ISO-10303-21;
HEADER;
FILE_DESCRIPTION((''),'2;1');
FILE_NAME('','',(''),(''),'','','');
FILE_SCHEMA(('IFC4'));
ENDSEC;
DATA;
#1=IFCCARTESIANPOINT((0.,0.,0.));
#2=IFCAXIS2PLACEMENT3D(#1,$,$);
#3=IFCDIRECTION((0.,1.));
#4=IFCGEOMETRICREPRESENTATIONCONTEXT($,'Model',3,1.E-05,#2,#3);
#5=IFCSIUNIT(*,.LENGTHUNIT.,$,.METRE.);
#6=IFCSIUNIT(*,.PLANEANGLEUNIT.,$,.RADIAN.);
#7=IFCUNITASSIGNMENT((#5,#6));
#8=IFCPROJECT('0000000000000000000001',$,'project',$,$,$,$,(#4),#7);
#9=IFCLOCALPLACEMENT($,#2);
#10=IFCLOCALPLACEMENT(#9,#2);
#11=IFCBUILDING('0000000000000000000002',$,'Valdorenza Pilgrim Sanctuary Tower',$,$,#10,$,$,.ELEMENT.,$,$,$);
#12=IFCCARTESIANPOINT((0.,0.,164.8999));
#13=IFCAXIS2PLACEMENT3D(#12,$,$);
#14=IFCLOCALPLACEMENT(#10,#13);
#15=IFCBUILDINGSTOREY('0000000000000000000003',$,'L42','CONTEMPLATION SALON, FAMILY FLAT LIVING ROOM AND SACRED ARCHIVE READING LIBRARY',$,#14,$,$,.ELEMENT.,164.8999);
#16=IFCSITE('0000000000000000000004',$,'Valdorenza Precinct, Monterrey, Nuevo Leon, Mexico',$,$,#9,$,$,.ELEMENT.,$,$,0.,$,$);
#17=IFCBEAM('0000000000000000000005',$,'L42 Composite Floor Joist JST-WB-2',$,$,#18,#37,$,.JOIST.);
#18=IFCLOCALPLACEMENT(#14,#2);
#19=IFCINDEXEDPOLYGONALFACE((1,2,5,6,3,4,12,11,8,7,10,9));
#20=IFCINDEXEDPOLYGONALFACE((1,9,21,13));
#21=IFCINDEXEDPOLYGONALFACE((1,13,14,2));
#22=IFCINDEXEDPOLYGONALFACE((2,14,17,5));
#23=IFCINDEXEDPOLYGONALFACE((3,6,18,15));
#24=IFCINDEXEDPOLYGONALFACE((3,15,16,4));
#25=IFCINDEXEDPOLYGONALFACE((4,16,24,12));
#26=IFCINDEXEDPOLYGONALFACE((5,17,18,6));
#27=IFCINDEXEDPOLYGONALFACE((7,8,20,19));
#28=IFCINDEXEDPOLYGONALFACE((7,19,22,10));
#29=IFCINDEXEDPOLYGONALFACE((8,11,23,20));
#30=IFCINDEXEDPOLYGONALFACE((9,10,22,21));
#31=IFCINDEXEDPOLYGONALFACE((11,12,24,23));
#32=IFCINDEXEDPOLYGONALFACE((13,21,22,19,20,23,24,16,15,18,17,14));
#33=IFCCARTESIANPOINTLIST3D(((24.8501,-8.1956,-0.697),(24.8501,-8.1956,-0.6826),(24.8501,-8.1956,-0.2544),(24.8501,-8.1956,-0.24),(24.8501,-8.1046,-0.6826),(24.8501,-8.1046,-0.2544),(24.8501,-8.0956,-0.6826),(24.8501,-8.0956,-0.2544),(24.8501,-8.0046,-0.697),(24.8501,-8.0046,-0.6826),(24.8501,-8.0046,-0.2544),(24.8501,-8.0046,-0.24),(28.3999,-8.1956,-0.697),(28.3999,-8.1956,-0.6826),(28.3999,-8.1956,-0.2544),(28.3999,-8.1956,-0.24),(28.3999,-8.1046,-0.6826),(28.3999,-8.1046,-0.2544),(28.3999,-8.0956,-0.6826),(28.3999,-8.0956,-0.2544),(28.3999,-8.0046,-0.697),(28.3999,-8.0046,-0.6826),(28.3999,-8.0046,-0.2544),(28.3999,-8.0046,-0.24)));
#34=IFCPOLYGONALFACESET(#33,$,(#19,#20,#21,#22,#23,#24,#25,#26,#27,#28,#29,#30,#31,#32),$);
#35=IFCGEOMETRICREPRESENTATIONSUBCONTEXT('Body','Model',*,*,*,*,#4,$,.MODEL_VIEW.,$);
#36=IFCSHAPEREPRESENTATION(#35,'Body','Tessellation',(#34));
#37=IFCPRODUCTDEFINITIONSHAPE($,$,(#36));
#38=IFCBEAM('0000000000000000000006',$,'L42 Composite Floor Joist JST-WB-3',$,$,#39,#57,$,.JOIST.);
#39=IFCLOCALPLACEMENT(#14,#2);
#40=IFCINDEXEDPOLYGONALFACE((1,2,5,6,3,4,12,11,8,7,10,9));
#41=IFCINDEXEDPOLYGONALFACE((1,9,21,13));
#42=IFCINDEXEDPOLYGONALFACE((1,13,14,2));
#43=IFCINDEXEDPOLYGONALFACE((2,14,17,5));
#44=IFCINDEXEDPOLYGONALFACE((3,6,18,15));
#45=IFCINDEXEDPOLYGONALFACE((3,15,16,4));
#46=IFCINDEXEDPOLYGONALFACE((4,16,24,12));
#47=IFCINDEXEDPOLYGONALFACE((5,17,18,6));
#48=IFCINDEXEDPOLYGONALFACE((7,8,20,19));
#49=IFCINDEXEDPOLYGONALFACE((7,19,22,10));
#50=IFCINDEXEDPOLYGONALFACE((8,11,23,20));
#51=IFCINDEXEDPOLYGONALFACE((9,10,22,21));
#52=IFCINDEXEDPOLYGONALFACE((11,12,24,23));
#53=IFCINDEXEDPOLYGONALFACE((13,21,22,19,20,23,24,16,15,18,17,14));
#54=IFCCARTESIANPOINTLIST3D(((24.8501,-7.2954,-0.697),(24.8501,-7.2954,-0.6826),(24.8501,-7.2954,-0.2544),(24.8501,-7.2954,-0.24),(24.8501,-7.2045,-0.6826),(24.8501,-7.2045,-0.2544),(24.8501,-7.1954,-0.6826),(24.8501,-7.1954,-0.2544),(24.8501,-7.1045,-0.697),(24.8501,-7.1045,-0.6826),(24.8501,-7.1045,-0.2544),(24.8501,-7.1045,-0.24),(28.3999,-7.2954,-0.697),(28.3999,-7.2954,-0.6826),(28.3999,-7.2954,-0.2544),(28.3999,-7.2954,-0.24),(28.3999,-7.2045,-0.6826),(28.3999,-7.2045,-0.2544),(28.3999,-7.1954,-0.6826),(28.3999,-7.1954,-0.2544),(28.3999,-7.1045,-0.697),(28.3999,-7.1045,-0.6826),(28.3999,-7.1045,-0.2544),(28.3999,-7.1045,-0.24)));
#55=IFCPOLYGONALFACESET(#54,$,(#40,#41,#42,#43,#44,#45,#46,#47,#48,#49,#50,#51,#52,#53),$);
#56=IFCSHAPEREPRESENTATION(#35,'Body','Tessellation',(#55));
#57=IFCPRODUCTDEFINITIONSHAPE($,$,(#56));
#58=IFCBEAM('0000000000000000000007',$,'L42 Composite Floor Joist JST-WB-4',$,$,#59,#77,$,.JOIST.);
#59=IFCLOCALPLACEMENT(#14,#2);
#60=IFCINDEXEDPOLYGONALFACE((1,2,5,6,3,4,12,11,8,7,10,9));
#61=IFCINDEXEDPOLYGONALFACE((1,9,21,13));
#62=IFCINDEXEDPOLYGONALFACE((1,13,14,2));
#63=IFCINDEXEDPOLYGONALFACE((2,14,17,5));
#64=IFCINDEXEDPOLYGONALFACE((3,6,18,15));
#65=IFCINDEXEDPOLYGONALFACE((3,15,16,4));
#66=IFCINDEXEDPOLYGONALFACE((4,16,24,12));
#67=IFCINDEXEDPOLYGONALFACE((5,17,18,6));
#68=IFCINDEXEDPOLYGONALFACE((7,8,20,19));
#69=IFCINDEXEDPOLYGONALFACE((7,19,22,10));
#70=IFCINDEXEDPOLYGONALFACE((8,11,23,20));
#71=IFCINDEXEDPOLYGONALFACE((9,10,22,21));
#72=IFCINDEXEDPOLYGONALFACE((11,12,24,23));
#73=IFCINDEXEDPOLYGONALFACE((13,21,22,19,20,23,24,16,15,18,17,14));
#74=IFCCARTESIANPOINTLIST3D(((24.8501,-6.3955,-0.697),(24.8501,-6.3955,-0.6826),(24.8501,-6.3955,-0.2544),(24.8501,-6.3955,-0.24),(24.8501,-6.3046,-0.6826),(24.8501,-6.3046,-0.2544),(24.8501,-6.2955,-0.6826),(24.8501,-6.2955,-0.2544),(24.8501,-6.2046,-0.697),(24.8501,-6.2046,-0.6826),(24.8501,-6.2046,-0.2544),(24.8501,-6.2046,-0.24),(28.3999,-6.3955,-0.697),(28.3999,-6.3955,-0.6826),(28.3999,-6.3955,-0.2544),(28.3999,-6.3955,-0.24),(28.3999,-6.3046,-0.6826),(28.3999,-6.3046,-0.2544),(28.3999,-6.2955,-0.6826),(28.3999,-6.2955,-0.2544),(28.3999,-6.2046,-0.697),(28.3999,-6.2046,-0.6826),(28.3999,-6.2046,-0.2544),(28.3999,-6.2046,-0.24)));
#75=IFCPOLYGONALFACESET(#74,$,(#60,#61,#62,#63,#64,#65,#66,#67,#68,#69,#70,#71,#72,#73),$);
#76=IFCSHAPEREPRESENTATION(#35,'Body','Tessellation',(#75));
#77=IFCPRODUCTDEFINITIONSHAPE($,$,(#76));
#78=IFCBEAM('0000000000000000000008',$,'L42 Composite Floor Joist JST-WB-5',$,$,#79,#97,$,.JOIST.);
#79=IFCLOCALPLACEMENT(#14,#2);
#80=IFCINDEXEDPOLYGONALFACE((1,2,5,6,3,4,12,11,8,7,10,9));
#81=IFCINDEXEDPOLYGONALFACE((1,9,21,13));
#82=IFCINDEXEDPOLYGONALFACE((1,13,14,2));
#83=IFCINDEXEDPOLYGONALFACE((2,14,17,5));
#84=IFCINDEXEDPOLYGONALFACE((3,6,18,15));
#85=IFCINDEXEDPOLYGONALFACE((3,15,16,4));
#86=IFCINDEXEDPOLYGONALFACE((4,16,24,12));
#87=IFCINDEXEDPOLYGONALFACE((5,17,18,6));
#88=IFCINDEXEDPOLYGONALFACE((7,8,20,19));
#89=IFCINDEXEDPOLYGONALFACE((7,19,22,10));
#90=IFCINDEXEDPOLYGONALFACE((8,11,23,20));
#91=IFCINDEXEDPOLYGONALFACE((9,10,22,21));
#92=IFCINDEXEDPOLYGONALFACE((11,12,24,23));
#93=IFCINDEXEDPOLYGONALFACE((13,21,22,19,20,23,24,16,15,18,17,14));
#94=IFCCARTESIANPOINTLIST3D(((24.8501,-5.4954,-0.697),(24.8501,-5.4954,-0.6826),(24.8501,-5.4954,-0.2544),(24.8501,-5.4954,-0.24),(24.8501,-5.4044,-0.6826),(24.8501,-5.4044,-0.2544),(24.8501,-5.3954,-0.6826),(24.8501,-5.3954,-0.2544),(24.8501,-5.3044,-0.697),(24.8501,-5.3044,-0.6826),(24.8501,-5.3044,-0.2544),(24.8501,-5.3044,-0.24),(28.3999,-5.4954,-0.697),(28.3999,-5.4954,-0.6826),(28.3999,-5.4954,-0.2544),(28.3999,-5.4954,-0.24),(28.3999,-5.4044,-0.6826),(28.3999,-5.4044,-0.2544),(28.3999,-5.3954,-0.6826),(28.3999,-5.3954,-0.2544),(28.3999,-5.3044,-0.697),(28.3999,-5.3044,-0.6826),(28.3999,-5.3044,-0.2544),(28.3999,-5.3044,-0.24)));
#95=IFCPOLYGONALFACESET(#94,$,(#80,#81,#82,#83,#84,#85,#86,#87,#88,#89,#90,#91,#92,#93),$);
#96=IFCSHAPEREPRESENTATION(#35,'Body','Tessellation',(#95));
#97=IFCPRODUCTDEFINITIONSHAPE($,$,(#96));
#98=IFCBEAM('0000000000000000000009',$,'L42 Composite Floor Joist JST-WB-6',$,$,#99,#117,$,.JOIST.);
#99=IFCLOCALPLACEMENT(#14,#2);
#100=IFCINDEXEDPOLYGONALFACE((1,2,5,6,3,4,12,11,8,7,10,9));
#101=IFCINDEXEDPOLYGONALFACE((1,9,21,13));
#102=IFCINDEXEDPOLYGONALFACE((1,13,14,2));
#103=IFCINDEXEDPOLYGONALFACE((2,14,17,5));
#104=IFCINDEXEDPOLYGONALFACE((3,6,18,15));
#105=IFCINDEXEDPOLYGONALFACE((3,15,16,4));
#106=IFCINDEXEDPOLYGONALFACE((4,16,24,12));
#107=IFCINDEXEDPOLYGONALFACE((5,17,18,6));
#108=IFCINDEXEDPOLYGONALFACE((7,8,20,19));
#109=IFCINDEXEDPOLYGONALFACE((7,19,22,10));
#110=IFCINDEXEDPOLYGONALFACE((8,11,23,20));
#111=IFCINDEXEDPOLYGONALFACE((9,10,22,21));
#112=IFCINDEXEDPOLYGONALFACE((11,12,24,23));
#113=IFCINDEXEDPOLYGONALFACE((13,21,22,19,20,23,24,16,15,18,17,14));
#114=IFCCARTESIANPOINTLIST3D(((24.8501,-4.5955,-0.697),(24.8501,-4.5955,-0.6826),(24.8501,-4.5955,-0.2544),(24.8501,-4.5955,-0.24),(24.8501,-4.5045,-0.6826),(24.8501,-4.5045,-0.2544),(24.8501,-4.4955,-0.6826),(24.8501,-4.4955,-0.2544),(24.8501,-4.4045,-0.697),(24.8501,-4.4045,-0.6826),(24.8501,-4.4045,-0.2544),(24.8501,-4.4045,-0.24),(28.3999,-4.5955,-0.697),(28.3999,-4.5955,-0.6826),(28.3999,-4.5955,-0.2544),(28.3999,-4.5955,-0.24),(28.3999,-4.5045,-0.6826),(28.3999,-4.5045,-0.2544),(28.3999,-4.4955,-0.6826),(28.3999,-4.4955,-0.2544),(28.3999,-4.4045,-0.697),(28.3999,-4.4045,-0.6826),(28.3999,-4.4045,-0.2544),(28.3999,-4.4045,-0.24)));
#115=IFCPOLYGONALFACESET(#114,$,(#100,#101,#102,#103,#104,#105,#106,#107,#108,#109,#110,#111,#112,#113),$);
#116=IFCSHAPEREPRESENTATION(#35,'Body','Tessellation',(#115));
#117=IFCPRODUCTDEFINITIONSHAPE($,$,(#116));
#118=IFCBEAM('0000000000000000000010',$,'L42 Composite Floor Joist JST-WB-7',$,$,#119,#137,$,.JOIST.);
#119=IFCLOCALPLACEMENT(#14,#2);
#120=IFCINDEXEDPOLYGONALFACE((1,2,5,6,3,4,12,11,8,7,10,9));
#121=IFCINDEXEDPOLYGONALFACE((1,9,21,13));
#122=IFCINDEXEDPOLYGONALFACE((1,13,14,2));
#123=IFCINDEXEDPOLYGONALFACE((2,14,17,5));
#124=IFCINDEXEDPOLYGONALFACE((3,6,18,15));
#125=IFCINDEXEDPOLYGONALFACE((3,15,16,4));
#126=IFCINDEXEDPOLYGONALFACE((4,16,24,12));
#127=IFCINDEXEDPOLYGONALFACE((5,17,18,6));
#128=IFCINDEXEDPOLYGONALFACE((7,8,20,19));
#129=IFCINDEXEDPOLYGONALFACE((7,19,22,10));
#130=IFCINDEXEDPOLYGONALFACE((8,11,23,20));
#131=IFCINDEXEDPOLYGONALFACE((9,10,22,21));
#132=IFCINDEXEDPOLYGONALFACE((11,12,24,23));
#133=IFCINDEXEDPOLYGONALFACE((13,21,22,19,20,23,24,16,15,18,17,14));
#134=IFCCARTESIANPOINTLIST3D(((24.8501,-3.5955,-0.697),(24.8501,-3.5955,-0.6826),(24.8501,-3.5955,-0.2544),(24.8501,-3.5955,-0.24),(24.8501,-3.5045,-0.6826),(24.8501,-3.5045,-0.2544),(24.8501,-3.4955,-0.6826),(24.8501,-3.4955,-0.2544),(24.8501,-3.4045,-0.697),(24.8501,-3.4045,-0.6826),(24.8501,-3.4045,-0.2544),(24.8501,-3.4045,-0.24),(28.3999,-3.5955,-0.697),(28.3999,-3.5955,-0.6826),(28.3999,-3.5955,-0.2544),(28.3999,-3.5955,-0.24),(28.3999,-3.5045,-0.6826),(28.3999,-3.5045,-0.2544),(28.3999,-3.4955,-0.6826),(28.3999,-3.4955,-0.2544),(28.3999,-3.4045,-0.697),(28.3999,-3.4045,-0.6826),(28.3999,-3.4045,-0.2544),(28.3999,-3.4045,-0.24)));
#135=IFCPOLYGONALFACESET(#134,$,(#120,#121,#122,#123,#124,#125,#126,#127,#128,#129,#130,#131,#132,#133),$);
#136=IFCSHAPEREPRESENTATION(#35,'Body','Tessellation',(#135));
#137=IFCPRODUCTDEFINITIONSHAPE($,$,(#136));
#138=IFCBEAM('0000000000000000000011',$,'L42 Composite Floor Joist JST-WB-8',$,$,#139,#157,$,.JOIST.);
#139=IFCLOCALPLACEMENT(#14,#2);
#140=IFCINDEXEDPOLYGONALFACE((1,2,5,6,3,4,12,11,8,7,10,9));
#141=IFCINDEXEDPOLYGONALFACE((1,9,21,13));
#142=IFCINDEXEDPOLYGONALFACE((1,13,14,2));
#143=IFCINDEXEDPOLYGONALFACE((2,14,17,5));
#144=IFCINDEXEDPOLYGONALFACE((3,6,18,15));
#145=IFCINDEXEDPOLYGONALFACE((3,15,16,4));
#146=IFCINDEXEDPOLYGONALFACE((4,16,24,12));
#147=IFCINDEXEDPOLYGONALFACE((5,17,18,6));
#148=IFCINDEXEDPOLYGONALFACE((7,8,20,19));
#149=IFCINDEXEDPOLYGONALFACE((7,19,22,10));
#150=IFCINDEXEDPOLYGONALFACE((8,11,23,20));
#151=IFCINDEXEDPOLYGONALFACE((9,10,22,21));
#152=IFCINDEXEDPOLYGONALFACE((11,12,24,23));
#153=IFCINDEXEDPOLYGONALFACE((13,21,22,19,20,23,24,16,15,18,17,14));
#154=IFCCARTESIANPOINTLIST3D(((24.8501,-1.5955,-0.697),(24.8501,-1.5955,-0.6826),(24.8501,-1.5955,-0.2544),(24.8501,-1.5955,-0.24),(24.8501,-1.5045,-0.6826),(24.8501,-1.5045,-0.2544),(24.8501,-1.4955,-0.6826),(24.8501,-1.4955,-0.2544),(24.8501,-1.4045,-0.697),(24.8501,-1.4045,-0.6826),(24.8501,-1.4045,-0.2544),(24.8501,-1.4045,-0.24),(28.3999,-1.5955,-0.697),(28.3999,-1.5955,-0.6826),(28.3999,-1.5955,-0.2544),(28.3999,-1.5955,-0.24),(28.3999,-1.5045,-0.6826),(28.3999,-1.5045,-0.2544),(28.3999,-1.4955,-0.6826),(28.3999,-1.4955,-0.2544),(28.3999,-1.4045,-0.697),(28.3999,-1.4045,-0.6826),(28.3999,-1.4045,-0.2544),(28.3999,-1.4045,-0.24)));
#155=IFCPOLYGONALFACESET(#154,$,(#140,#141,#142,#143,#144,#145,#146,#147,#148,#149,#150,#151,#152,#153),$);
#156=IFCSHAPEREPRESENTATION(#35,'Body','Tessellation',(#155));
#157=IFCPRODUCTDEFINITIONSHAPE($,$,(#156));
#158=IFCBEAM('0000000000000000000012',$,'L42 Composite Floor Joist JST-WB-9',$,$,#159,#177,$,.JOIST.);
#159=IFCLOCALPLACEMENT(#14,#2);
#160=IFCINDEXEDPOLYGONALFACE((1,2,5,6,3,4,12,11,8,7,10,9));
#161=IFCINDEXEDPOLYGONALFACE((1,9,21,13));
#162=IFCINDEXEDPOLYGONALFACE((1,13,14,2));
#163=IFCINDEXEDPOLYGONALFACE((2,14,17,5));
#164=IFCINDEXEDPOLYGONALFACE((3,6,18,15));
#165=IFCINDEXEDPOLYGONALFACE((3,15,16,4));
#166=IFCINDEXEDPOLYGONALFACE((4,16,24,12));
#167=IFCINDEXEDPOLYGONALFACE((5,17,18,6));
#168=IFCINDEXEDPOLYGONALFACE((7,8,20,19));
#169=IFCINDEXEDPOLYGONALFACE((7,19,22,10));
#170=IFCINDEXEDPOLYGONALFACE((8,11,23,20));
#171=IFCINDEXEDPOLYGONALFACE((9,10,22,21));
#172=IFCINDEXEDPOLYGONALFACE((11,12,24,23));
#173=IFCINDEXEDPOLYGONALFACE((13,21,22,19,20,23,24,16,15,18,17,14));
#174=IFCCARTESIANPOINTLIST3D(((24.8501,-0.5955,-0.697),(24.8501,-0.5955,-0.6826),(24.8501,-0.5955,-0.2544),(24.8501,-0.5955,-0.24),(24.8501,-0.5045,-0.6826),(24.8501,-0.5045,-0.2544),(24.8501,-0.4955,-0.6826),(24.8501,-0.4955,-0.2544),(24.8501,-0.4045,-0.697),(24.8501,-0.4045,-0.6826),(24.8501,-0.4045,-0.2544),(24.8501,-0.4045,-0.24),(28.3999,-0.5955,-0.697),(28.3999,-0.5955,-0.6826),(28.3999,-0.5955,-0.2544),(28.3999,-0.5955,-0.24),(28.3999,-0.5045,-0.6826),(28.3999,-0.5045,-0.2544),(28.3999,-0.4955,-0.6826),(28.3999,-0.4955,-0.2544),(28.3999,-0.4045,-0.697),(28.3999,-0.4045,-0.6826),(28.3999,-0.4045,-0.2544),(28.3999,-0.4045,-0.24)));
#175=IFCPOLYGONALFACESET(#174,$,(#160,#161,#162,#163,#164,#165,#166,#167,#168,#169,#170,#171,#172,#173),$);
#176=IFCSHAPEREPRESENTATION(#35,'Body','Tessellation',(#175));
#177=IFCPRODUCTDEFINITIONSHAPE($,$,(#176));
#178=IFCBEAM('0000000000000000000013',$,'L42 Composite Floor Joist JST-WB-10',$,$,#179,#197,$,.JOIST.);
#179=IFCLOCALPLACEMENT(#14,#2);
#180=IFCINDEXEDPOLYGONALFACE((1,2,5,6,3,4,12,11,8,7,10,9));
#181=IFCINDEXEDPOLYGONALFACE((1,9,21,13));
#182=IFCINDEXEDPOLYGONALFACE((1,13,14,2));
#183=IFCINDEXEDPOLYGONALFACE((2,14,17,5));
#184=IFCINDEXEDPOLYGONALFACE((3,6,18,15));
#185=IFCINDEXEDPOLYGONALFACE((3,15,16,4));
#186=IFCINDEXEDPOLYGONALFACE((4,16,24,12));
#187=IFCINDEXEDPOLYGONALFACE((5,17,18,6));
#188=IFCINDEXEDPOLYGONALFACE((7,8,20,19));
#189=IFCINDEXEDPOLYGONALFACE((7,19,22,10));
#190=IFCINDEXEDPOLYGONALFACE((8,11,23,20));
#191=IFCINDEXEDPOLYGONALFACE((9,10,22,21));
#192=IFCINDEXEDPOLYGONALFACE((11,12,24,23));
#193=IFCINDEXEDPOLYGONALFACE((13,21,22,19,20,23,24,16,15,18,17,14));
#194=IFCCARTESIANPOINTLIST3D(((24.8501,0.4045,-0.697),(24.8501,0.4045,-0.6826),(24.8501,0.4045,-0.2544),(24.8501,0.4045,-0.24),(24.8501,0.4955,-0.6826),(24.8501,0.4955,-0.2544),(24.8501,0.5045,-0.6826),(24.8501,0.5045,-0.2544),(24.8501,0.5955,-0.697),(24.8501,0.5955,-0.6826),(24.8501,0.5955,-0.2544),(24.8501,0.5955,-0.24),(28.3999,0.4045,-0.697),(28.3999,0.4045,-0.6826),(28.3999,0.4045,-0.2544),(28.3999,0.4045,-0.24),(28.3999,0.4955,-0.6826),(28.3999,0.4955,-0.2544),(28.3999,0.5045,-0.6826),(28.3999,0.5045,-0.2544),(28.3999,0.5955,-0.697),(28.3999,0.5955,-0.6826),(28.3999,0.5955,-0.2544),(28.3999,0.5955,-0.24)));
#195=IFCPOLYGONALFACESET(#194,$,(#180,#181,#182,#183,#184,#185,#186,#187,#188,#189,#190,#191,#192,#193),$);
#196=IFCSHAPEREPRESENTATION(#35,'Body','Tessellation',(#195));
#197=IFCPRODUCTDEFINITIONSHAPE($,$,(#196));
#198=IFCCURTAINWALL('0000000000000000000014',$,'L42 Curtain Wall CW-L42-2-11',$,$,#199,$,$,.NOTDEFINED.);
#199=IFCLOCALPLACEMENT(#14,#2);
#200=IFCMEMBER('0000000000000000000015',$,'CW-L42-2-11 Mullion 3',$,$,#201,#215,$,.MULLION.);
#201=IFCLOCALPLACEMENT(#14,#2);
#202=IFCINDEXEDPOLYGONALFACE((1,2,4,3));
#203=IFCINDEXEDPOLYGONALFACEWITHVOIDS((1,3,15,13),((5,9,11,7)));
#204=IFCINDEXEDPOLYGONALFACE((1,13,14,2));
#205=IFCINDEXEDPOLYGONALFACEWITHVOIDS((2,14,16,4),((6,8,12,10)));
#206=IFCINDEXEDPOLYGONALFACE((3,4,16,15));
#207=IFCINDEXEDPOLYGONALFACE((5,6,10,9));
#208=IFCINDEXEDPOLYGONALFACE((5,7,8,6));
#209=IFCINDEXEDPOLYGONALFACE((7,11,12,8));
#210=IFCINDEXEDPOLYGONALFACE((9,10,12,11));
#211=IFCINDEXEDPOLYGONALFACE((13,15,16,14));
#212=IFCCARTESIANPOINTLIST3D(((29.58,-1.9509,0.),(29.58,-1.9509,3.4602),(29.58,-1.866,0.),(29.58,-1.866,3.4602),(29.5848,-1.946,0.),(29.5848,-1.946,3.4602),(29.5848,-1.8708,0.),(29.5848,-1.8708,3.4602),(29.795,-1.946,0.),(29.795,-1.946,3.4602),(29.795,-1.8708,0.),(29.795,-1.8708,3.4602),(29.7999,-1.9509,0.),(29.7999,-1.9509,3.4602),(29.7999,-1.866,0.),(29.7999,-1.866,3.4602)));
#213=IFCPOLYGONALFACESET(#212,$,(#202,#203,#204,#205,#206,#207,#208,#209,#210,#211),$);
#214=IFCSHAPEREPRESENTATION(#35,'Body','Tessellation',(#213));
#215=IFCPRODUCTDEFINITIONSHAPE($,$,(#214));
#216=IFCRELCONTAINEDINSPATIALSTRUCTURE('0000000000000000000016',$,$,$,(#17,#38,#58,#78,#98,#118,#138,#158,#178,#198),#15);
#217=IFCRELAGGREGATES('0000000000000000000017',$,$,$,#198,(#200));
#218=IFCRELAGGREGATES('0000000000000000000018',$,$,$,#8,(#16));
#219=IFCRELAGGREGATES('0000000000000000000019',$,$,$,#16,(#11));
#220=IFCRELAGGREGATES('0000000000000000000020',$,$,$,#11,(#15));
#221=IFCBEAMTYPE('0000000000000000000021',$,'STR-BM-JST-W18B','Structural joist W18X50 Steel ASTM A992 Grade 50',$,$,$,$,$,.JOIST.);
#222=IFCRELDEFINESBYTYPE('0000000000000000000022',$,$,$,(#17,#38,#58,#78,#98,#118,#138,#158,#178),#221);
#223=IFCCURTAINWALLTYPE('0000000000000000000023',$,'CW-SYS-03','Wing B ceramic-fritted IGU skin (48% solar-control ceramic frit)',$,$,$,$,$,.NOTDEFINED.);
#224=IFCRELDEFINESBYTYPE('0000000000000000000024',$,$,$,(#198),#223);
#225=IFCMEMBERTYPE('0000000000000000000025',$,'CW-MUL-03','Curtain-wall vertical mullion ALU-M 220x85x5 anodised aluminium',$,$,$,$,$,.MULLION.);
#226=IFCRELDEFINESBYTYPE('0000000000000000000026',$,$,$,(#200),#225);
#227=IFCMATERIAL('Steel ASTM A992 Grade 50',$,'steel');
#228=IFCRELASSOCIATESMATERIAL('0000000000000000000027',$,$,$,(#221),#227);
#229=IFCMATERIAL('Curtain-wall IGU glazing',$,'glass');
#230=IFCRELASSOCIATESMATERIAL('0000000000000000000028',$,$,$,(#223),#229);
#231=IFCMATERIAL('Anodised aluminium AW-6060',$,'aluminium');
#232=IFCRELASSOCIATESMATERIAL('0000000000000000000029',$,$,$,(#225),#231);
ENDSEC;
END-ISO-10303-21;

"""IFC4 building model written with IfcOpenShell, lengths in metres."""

from ifc_helpers import new_model, si_unit, direction, frame, origin, origin_2d, place, context, subcontext, project, spatial, hollow_rectangle, i_section, extrude, source, transform, mapped, material, material_profile, profile_set, type_object, element, aggregate, save


model = new_model("IFC4")

# Units and contexts
model_context = context("Model", 3, precision=1e-05, world=origin(), true_north=direction((0.0, 1.0)))
body_context = subcontext(model_context, "Body", "Model", "MODEL_VIEW")
ifc_project = project(units=[si_unit("LENGTHUNIT", "METRE"), si_unit("PLANEANGLEUNIT", "RADIAN")], contexts=[model_context])

# Site, building, storey
site_placement = place(None, origin())
site = spatial("IfcSite", under=ifc_project, at=site_placement, Name="Valdorenza Precinct, Monterrey, Nuevo Leon, Mexico", CompositionType="ELEMENT", RefElevation=0.0)
building_placement = place(site_placement, origin())
building = spatial("IfcBuilding", under=site, at=building_placement, Name="Valdorenza Pilgrim Sanctuary Tower", CompositionType="ELEMENT")
storey_placement = place(building_placement, frame((0.0, 0.0, 164.8999)))
storey = spatial("IfcBuildingStorey", under=building, at=storey_placement, Name="L42", Description="CONTEMPLATION SALON, FAMILY FLAT LIVING ROOM AND SACRED ARCHIVE READING LIBRARY", CompositionType="ELEMENT", Elevation=164.8999)

# Shared definitions
ifc_material_1 = material(Name="Steel ASTM A992 Grade 50", Category="steel")

# Beams
ifc_material_profile_1 = material_profile(ifc_material_1, i_section(OverallWidth=0.1909, OverallDepth=0.457, WebThickness=0.009, FlangeThickness=0.0144, at=origin_2d()), Name="W18X50")
ifc_profile_set_1 = profile_set([ifc_material_profile_1], Name="Steel ASTM A992 Grade 50")
beam_type_1 = type_object("IfcBeamType", Name="STR-BM-JST-W18B", Description="Structural joist W18X50 Steel ASTM A992 Grade 50", PredefinedType="JOIST", material=ifc_profile_set_1)
shared_shape_1 = source(origin(), body_context, "Body", "SweptSolid", [
    extrude(i_section(OverallWidth=0.1909, OverallDepth=0.457, WebThickness=0.009, FlangeThickness=0.0144, at=origin_2d()), origin(), (0.0, 0.0, 1.0), 3.5498),
])
for number, where, z_axis, x_axis, name in (
    (1, (24.8501, -8.1001, -0.4685), (1.0, 0.0, 0.0), (0.0, 1.0, 0.0), "L42 Composite Floor Joist JST-WB-2"),
    (2, (24.8501, -7.2, -0.4685), (1.0, 0.0, 0.0), (0.0, 1.0, 0.0), "L42 Composite Floor Joist JST-WB-3"),
    (3, (24.8501, -6.3, -0.4685), (1.0, 0.0, 0.0), (0.0, 1.0, 0.0), "L42 Composite Floor Joist JST-WB-4"),
    (4, (24.8501, -5.3999, -0.4685), (1.0, 0.0, 0.0), (0.0, 1.0, 0.0), "L42 Composite Floor Joist JST-WB-5"),
    (5, (24.8501, -4.5, -0.4685), (1.0, 0.0, 0.0), (0.0, 1.0, 0.0), "L42 Composite Floor Joist JST-WB-6"),
    (6, (24.8501, -3.5, -0.4685), (1.0, 0.0, 0.0), (0.0, 1.0, 0.0), "L42 Composite Floor Joist JST-WB-7"),
    (7, (24.8501, -1.5, -0.4685), (1.0, 0.0, 0.0), (0.0, 1.0, 0.0), "L42 Composite Floor Joist JST-WB-8"),
    (8, (24.8501, -0.5, -0.4685), (1.0, 0.0, 0.0), (0.0, 1.0, 0.0), "L42 Composite Floor Joist JST-WB-9"),
    (9, (24.8501, 0.5, -0.4685), (1.0, 0.0, 0.0), (0.0, 1.0, 0.0), "L42 Composite Floor Joist JST-WB-10"),
):
    element("IfcBeam", number, at=place(storey_placement, frame(where, z_axis=z_axis, x_axis=x_axis)), inside=storey, type_object=beam_type_1, Name=name, PredefinedType="JOIST", context=body_context, shape_type="MappedRepresentation", body=[
        mapped(shared_shape_1, transform((0.0, 0.0, 0.0), x_axis=(1.0, 0.0, 0.0), y_axis=(0.0, 1.0, 0.0), z_axis=(0.0, 0.0, 1.0), scale=1.0)),
    ])

# Curtain wall, member
ifc_material_2 = material(Name="Curtain-wall IGU glazing", Category="glass")
curtain_wall_type = type_object("IfcCurtainWallType", Name="CW-SYS-03", Description="Wing B ceramic-fritted IGU skin (48% solar-control ceramic frit)", PredefinedType="NOTDEFINED", material=ifc_material_2)
curtain_wall_1_placement = place(storey_placement, origin())
curtain_wall_1 = element("IfcCurtainWall", 10, at=curtain_wall_1_placement, inside=storey, type_object=curtain_wall_type, Name="L42 Curtain Wall CW-L42-2-11", PredefinedType="NOTDEFINED")
ifc_material_3 = material(Name="Anodised aluminium AW-6060", Category="aluminium")
ifc_material_profile_2 = material_profile(ifc_material_3, hollow_rectangle(XDim=0.085, YDim=0.22, WallThickness=0.0049, at=origin_2d()), Name="ALU-M 220x85x5")
ifc_profile_set_2 = profile_set([ifc_material_profile_2], Name="Anodised aluminium AW-6060")
member_type_1 = type_object("IfcMemberType", Name="CW-MUL-03", Description="Curtain-wall vertical mullion ALU-M 220x85x5 anodised aluminium", PredefinedType="MULLION", material=ifc_profile_set_2)
shared_shape_2 = source(origin(), body_context, "Body", "SweptSolid", [
    extrude(hollow_rectangle(XDim=0.085, YDim=0.22, WallThickness=0.0049, at=origin_2d()), origin(), (0.0, 0.0, 1.0), 3.4602),
])
member_1_placement = place(storey_placement, frame((29.6899, -1.9084, 0.0), z_axis=(0.0, 0.0, 1.0), x_axis=(0.0, -1.0, 0.0)))
member_1 = element("IfcMember", 11, at=member_1_placement, type_object=member_type_1, Name="CW-L42-2-11 Mullion 3", PredefinedType="MULLION", context=body_context, shape_type="MappedRepresentation", body=[
    mapped(shared_shape_2, transform((0.0, 0.0, 0.0), x_axis=(1.0, 0.0, 0.0), y_axis=(0.0, 1.0, 0.0), z_axis=(0.0, 0.0, 1.0), scale=1.0)),
])

aggregate(curtain_wall_1, [member_1])

save(model, "model.ifc")
